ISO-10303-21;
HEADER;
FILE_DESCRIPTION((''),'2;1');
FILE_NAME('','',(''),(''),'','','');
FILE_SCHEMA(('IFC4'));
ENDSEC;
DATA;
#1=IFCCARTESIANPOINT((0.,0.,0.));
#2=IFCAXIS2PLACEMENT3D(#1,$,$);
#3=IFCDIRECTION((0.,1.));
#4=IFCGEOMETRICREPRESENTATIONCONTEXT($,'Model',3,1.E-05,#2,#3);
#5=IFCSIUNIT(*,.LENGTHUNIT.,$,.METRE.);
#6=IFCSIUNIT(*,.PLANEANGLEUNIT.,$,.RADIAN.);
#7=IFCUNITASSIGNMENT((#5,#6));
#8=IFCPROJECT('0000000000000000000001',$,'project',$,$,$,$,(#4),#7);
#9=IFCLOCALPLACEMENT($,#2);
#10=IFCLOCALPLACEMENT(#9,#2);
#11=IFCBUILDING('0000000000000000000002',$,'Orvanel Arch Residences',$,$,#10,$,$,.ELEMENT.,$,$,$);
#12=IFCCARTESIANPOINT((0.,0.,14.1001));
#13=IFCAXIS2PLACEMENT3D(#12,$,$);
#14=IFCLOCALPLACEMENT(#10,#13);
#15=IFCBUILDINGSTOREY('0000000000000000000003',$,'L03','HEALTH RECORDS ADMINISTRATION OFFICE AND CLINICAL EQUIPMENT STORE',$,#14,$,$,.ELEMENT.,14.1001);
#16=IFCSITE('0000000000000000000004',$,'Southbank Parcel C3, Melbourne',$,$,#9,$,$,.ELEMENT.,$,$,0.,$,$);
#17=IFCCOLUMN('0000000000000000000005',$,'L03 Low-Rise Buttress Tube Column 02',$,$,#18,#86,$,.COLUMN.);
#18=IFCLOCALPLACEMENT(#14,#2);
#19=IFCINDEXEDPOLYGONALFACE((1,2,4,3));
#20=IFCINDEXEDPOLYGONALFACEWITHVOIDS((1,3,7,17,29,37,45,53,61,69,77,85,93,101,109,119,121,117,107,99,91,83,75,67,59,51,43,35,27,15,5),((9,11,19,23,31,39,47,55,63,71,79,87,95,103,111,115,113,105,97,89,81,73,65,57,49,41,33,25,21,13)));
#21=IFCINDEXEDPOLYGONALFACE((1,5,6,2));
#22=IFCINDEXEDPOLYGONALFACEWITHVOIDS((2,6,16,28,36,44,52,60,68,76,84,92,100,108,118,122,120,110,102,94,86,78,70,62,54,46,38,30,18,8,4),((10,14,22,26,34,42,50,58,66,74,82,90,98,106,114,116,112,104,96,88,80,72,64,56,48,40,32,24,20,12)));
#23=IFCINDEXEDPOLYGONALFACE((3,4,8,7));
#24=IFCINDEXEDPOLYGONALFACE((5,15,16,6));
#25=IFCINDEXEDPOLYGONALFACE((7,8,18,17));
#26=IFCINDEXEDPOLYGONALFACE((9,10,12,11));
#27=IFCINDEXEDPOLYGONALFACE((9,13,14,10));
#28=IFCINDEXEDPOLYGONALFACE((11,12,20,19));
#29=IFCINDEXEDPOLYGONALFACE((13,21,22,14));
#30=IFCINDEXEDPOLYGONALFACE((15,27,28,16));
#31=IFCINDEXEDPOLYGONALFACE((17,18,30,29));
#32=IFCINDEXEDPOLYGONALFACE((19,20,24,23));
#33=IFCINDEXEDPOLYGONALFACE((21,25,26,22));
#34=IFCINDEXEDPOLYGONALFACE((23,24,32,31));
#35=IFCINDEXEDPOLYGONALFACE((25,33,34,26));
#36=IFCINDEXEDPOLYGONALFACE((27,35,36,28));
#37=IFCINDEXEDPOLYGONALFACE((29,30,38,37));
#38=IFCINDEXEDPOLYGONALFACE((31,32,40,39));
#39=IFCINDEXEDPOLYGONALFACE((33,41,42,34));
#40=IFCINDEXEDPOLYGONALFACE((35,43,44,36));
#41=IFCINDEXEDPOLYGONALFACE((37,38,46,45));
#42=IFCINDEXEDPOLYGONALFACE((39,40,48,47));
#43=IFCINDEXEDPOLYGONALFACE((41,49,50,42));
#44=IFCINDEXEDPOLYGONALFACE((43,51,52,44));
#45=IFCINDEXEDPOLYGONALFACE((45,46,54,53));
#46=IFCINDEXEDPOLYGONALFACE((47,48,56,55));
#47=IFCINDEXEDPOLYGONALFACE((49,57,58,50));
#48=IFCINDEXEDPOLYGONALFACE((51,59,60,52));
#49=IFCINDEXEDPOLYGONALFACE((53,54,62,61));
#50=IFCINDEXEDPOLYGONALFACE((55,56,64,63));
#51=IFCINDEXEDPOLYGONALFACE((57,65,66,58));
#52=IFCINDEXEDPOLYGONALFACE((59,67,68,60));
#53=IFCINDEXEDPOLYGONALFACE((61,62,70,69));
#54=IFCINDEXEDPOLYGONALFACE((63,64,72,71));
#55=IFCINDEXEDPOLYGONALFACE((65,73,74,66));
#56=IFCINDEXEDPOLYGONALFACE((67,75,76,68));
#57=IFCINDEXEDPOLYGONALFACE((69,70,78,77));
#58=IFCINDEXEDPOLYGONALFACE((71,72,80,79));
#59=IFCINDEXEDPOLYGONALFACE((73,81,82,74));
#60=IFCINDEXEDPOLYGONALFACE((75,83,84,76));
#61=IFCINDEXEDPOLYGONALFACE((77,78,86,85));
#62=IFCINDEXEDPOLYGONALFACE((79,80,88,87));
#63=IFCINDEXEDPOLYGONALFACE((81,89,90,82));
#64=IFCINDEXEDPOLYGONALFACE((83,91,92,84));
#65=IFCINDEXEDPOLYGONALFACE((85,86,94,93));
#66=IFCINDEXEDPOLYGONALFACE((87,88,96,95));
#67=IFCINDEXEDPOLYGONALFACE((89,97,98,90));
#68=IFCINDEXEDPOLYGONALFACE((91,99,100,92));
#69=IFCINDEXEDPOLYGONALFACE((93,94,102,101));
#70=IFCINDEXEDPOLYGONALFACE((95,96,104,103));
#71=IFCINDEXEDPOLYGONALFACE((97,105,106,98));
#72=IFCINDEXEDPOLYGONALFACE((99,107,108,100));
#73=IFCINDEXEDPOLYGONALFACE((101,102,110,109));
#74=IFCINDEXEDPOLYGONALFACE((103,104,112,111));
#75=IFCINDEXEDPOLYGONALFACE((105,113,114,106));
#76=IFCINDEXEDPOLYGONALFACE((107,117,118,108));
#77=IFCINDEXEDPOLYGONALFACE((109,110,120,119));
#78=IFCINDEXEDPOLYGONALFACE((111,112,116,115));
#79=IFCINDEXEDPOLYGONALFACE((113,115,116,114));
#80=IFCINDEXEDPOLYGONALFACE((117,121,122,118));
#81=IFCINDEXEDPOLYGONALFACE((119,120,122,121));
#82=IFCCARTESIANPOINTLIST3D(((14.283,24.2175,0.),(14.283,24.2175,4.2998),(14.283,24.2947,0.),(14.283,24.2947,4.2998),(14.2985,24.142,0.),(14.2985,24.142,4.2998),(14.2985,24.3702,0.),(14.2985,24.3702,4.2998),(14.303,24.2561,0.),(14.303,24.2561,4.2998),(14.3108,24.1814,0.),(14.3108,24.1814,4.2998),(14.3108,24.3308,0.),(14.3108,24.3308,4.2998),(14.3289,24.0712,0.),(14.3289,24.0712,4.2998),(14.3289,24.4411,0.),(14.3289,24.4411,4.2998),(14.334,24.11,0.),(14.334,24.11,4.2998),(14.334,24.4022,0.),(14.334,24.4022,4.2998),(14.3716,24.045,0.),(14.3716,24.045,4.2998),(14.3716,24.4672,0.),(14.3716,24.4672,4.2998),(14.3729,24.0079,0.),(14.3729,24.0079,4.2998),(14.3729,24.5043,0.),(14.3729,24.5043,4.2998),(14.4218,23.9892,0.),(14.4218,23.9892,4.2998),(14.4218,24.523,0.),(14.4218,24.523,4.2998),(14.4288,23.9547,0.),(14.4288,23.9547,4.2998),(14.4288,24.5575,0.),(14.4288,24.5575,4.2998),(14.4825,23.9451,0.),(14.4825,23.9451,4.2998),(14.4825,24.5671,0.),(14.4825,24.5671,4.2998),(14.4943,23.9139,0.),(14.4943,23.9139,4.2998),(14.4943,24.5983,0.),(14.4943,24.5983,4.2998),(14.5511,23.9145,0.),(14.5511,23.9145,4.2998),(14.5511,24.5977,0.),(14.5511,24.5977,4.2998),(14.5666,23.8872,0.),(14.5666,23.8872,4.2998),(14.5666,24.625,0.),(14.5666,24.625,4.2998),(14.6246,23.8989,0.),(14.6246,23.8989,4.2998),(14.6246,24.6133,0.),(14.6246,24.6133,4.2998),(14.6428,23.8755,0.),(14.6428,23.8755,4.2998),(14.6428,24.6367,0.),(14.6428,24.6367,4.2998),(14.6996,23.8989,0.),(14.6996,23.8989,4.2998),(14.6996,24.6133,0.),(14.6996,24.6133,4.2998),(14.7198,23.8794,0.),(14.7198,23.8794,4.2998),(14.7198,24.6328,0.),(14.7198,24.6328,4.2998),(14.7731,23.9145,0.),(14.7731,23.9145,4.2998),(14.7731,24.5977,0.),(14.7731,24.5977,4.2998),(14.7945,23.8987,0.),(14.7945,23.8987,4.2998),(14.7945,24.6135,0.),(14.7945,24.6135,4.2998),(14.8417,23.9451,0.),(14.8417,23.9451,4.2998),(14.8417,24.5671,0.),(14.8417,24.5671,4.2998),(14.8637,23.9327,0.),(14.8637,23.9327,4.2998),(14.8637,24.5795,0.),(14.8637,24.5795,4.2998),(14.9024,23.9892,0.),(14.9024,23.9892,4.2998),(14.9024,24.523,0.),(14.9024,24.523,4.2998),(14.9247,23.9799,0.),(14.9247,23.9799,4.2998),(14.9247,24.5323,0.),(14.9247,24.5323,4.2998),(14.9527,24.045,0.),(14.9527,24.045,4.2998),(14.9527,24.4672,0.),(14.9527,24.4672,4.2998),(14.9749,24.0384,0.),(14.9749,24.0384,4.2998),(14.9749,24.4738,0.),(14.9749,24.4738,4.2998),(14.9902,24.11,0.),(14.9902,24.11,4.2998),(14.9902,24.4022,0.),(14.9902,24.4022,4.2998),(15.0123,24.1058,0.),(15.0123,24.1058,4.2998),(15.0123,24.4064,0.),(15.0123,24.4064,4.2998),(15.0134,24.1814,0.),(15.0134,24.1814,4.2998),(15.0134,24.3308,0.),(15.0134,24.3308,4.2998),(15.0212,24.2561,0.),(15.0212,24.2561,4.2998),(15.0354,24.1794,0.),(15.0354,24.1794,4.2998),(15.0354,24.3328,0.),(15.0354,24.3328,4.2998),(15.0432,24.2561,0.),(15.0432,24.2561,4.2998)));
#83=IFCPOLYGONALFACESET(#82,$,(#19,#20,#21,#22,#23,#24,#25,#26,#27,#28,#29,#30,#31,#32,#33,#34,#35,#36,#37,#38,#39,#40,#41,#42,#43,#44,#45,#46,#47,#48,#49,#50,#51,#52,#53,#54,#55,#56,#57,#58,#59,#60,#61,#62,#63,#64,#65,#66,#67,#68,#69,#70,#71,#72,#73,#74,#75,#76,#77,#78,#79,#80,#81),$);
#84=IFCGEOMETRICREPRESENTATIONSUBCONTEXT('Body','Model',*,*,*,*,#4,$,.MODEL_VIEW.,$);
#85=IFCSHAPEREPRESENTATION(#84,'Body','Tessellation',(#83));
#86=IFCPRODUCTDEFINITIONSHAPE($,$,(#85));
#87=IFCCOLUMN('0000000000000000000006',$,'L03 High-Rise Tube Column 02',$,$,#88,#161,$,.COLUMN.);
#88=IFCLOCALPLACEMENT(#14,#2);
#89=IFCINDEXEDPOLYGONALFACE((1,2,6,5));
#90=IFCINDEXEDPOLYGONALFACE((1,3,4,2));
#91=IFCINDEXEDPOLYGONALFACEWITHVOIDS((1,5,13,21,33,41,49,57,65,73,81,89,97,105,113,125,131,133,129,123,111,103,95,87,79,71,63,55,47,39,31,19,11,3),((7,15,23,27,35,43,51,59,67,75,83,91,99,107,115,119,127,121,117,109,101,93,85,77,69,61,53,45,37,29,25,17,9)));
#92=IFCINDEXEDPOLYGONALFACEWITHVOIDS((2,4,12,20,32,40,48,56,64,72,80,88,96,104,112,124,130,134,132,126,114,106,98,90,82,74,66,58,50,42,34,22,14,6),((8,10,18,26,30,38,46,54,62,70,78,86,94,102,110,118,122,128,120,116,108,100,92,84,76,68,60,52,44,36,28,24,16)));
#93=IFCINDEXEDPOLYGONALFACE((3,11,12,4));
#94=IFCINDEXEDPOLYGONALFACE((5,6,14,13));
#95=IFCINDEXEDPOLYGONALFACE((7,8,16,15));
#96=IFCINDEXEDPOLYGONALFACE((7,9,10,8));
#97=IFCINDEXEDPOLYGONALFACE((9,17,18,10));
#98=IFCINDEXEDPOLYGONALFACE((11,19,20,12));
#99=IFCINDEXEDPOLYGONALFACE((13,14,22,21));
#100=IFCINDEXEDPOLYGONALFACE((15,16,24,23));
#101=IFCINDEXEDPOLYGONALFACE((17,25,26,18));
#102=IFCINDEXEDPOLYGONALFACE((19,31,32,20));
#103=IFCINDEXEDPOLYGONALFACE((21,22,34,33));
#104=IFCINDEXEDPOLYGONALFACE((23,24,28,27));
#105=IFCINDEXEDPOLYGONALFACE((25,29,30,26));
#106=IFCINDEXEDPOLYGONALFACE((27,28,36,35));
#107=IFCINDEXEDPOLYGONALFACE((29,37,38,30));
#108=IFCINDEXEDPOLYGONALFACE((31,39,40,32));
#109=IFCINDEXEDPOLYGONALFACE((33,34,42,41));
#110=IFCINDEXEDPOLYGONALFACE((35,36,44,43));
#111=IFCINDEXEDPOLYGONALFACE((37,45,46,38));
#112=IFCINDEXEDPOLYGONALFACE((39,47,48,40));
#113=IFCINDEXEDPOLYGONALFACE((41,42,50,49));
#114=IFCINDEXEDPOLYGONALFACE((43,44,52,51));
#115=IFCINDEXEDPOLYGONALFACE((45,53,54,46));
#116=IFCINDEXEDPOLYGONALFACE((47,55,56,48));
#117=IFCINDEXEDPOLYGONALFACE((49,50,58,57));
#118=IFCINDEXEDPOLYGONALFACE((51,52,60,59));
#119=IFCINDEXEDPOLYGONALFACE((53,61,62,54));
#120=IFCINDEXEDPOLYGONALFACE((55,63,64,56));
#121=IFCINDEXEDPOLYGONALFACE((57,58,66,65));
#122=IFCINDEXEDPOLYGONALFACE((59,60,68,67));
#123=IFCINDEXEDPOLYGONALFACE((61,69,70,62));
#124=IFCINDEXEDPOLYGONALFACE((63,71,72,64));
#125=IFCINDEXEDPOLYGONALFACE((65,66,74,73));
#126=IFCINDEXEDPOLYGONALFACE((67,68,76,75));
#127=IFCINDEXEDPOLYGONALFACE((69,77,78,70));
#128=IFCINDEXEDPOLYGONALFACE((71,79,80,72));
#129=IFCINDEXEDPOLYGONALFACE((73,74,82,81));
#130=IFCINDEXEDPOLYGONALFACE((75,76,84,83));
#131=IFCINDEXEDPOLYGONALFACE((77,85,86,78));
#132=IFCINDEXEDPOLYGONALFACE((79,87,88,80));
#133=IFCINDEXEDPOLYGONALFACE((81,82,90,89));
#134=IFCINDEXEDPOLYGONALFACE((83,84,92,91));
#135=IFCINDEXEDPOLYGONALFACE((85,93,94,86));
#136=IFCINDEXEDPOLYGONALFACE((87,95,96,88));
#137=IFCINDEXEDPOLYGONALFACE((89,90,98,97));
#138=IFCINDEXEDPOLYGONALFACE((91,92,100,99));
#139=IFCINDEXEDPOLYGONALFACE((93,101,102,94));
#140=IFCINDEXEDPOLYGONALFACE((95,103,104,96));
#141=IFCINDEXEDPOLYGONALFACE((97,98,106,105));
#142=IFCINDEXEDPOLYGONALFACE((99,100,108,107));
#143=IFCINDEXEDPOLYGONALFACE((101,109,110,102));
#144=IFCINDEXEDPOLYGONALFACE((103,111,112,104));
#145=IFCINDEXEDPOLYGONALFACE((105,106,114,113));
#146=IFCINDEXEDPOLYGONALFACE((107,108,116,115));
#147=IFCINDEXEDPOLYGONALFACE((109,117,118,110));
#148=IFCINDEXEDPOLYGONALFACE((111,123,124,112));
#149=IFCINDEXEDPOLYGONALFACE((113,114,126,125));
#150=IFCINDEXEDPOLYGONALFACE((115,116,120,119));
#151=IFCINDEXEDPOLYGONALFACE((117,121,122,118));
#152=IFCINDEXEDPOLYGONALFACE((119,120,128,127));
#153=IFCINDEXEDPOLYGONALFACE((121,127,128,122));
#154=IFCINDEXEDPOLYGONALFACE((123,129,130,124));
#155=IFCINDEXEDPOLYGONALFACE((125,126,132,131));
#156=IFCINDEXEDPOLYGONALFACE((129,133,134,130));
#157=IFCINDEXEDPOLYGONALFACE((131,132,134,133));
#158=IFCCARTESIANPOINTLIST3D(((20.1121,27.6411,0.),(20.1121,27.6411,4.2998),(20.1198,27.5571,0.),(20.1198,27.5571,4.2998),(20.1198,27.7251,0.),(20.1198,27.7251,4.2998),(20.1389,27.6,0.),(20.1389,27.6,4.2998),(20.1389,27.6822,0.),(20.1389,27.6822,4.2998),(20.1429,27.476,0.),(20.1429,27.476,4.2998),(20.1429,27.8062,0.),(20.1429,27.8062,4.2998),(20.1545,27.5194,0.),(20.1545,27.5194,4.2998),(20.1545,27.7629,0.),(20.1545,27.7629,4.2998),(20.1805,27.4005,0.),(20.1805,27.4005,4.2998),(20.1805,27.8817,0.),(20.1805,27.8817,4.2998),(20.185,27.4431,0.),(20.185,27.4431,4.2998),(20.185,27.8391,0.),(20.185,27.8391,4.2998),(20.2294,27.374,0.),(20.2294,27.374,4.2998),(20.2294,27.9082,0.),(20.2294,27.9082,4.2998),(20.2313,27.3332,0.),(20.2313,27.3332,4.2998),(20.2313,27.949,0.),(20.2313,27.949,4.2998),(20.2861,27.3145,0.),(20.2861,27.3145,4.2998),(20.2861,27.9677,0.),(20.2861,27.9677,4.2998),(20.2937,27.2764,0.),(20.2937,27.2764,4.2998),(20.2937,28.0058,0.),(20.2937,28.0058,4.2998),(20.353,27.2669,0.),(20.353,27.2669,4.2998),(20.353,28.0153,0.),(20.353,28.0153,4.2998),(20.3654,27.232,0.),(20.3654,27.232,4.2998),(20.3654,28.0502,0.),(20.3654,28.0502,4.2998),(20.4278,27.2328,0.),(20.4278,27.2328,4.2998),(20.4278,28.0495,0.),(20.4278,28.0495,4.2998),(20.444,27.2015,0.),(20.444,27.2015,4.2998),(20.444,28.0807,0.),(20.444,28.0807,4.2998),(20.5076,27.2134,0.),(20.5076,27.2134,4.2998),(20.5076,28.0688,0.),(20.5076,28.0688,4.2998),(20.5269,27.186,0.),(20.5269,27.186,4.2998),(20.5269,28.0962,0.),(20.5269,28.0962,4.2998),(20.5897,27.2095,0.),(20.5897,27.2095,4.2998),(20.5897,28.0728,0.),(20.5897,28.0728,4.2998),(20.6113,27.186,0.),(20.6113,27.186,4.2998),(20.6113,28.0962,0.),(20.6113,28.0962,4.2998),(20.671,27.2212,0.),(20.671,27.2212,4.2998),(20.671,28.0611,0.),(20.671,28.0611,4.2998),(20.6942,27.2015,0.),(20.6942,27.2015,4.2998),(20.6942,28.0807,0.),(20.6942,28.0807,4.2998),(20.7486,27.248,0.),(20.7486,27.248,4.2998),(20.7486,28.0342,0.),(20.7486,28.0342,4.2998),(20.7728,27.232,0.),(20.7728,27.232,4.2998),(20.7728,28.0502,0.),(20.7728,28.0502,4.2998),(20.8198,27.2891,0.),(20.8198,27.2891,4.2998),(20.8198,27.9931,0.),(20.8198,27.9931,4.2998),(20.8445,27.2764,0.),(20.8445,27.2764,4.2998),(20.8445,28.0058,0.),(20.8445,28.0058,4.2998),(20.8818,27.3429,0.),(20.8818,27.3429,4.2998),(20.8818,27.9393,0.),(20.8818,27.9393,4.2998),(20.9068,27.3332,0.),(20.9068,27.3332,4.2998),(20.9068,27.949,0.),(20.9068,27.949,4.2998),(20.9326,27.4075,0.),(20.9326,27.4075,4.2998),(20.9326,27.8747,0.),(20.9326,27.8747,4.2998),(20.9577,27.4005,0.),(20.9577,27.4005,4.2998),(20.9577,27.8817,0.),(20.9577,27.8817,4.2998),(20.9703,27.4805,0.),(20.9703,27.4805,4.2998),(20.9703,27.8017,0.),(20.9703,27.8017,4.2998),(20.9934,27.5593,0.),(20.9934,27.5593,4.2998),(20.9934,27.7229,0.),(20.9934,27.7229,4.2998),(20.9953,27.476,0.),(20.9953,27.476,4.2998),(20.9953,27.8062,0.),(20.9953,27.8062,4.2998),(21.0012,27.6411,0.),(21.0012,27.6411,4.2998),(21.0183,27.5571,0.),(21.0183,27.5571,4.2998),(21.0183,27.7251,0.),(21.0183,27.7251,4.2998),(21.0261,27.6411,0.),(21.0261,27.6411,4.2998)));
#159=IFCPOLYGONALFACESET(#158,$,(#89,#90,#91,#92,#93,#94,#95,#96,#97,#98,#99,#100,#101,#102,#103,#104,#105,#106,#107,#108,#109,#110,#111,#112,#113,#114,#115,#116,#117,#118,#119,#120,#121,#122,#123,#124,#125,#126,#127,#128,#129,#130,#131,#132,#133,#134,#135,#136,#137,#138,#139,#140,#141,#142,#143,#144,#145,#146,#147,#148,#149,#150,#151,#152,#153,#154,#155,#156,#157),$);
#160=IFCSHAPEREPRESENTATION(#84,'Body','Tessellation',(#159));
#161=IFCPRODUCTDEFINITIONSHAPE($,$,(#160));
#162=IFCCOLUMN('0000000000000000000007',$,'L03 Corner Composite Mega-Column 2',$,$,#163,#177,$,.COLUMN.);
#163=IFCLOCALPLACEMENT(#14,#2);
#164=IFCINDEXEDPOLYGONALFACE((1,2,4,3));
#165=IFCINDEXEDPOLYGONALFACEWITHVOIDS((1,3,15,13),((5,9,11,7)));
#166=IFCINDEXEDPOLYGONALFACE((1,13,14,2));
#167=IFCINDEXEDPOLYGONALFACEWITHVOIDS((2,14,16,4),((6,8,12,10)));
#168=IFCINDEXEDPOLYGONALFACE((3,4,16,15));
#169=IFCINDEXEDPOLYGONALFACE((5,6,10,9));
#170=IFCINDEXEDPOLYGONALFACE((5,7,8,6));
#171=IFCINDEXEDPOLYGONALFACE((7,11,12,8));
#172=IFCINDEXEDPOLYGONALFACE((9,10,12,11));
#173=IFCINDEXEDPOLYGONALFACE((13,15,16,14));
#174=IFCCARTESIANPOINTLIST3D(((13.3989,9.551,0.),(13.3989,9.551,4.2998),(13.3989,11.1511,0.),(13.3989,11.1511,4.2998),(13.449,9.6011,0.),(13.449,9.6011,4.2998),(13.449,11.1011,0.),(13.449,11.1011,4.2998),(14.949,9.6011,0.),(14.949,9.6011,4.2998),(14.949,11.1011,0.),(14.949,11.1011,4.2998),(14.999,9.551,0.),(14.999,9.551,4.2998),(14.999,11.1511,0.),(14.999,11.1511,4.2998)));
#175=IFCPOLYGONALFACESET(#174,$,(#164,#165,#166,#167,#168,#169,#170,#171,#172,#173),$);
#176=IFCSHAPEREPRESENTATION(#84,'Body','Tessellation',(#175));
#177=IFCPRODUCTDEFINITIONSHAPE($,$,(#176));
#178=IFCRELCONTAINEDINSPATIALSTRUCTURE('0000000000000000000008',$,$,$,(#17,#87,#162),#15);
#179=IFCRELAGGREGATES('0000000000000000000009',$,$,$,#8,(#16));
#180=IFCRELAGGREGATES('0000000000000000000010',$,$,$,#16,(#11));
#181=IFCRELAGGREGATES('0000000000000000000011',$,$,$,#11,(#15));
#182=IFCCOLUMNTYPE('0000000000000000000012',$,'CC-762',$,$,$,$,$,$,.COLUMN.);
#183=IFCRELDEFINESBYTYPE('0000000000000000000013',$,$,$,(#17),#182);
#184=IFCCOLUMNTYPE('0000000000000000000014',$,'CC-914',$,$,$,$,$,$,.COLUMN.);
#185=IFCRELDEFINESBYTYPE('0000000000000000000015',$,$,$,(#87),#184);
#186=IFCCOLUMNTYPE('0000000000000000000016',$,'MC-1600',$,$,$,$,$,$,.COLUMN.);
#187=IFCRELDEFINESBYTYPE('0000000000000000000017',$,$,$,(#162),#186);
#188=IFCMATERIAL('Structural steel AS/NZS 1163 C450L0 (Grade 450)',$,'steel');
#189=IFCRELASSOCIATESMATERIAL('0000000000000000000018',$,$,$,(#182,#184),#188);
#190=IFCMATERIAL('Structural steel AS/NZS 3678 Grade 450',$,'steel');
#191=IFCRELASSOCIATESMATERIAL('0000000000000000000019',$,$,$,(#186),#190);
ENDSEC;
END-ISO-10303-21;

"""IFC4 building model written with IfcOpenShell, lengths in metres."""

from ifc_helpers import new_model, si_unit, direction, frame, origin, origin_2d, place, context, subcontext, project, spatial, hollow_rectangle, hollow_circle, extrude, material, material_profile, profile_set, type_object, element, save


model = new_model("IFC4")

# Units and contexts
model_context = context("Model", 3, precision=1e-05, world=origin(), true_north=direction((0.0, 1.0)))
body_context = subcontext(model_context, "Body", "Model", "MODEL_VIEW")
ifc_project = project(units=[si_unit("LENGTHUNIT", "METRE"), si_unit("PLANEANGLEUNIT", "RADIAN")], contexts=[model_context])

# Site, building, storey
site_placement = place(None, origin())
site = spatial("IfcSite", under=ifc_project, at=site_placement, Name="Southbank Parcel C3, Melbourne", CompositionType="ELEMENT", RefElevation=0.0)
building_placement = place(site_placement, origin())
building = spatial("IfcBuilding", under=site, at=building_placement, Name="Orvanel Arch Residences", CompositionType="ELEMENT")
storey_placement = place(building_placement, frame((0.0, 0.0, 14.1001)))
storey = spatial("IfcBuildingStorey", under=building, at=storey_placement, Name="L03", Description="HEALTH RECORDS ADMINISTRATION OFFICE AND CLINICAL EQUIPMENT STORE", CompositionType="ELEMENT", Elevation=14.1001)

# Columns
ifc_material_1 = material(Name="Structural steel AS/NZS 1163 C450L0 (Grade 450)", Category="steel")
ifc_material_profile_1 = material_profile(ifc_material_1, hollow_circle(Radius=0.3811, WallThickness=0.022, at=origin_2d()), Name="CHS762x22")
ifc_profile_set_1 = profile_set([ifc_material_profile_1], Name="Structural steel AS/NZS 1163 C450L0 (Grade 450)")
column_type_1 = type_object("IfcColumnType", Name="CC-762", PredefinedType="COLUMN", material=ifc_profile_set_1)
column_1_placement = place(storey_placement, frame((14.6621, 24.2561, 0.0), z_axis=(0.0, 0.0, 1.0), x_axis=(1.0, 0.0, 0.0)))
element("IfcColumn", 1, at=column_1_placement, inside=storey, type_object=column_type_1, Name="L03 Low-Rise Buttress Tube Column 02", PredefinedType="COLUMN", context=body_context, shape_type="SweptSolid", body=[
    extrude(hollow_circle(Radius=0.3811, WallThickness=0.022, at=origin_2d()), origin(), (0.0, 0.0, 1.0), 4.2998),
])
ifc_material_profile_2 = material_profile(ifc_material_1, hollow_circle(Radius=0.457, WallThickness=0.0249, at=origin_2d()), Name="CHS914x25")
ifc_profile_set_2 = profile_set([ifc_material_profile_2], Name="Structural steel AS/NZS 1163 C450L0 (Grade 450)")
column_type_2 = type_object("IfcColumnType", Name="CC-914", PredefinedType="COLUMN", material=ifc_profile_set_2)
column_2_placement = place(storey_placement, frame((20.5691, 27.6411, 0.0), z_axis=(0.0, 0.0, 1.0), x_axis=(1.0, 0.0, 0.0)))
element("IfcColumn", 2, at=column_2_placement, inside=storey, type_object=column_type_2, Name="L03 High-Rise Tube Column 02", PredefinedType="COLUMN", context=body_context, shape_type="SweptSolid", body=[
    extrude(hollow_circle(Radius=0.457, WallThickness=0.0249, at=origin_2d()), origin(), (0.0, 0.0, 1.0), 4.2998),
])
ifc_material_2 = material(Name="Structural steel AS/NZS 3678 Grade 450", Category="steel")
ifc_material_profile_3 = material_profile(ifc_material_2, hollow_rectangle(XDim=1.6001, YDim=1.6001, WallThickness=0.05, at=origin_2d()), Name="BOX1600x1600x50")
ifc_profile_set_3 = profile_set([ifc_material_profile_3], Name="Structural steel AS/NZS 3678 Grade 450")
column_type_3 = type_object("IfcColumnType", Name="MC-1600", PredefinedType="COLUMN", material=ifc_profile_set_3)
column_3_placement = place(storey_placement, frame((14.199, 10.3511, 0.0), z_axis=(0.0, 0.0, 1.0), x_axis=(1.0, 0.0, 0.0)))
element("IfcColumn", 3, at=column_3_placement, inside=storey, type_object=column_type_3, Name="L03 Corner Composite Mega-Column 2", PredefinedType="COLUMN", context=body_context, shape_type="SweptSolid", body=[
    extrude(hollow_rectangle(XDim=1.6001, YDim=1.6001, WallThickness=0.05, at=origin_2d()), origin(), (0.0, 0.0, 1.0), 4.2998),
])

save(model, "model.ifc")
